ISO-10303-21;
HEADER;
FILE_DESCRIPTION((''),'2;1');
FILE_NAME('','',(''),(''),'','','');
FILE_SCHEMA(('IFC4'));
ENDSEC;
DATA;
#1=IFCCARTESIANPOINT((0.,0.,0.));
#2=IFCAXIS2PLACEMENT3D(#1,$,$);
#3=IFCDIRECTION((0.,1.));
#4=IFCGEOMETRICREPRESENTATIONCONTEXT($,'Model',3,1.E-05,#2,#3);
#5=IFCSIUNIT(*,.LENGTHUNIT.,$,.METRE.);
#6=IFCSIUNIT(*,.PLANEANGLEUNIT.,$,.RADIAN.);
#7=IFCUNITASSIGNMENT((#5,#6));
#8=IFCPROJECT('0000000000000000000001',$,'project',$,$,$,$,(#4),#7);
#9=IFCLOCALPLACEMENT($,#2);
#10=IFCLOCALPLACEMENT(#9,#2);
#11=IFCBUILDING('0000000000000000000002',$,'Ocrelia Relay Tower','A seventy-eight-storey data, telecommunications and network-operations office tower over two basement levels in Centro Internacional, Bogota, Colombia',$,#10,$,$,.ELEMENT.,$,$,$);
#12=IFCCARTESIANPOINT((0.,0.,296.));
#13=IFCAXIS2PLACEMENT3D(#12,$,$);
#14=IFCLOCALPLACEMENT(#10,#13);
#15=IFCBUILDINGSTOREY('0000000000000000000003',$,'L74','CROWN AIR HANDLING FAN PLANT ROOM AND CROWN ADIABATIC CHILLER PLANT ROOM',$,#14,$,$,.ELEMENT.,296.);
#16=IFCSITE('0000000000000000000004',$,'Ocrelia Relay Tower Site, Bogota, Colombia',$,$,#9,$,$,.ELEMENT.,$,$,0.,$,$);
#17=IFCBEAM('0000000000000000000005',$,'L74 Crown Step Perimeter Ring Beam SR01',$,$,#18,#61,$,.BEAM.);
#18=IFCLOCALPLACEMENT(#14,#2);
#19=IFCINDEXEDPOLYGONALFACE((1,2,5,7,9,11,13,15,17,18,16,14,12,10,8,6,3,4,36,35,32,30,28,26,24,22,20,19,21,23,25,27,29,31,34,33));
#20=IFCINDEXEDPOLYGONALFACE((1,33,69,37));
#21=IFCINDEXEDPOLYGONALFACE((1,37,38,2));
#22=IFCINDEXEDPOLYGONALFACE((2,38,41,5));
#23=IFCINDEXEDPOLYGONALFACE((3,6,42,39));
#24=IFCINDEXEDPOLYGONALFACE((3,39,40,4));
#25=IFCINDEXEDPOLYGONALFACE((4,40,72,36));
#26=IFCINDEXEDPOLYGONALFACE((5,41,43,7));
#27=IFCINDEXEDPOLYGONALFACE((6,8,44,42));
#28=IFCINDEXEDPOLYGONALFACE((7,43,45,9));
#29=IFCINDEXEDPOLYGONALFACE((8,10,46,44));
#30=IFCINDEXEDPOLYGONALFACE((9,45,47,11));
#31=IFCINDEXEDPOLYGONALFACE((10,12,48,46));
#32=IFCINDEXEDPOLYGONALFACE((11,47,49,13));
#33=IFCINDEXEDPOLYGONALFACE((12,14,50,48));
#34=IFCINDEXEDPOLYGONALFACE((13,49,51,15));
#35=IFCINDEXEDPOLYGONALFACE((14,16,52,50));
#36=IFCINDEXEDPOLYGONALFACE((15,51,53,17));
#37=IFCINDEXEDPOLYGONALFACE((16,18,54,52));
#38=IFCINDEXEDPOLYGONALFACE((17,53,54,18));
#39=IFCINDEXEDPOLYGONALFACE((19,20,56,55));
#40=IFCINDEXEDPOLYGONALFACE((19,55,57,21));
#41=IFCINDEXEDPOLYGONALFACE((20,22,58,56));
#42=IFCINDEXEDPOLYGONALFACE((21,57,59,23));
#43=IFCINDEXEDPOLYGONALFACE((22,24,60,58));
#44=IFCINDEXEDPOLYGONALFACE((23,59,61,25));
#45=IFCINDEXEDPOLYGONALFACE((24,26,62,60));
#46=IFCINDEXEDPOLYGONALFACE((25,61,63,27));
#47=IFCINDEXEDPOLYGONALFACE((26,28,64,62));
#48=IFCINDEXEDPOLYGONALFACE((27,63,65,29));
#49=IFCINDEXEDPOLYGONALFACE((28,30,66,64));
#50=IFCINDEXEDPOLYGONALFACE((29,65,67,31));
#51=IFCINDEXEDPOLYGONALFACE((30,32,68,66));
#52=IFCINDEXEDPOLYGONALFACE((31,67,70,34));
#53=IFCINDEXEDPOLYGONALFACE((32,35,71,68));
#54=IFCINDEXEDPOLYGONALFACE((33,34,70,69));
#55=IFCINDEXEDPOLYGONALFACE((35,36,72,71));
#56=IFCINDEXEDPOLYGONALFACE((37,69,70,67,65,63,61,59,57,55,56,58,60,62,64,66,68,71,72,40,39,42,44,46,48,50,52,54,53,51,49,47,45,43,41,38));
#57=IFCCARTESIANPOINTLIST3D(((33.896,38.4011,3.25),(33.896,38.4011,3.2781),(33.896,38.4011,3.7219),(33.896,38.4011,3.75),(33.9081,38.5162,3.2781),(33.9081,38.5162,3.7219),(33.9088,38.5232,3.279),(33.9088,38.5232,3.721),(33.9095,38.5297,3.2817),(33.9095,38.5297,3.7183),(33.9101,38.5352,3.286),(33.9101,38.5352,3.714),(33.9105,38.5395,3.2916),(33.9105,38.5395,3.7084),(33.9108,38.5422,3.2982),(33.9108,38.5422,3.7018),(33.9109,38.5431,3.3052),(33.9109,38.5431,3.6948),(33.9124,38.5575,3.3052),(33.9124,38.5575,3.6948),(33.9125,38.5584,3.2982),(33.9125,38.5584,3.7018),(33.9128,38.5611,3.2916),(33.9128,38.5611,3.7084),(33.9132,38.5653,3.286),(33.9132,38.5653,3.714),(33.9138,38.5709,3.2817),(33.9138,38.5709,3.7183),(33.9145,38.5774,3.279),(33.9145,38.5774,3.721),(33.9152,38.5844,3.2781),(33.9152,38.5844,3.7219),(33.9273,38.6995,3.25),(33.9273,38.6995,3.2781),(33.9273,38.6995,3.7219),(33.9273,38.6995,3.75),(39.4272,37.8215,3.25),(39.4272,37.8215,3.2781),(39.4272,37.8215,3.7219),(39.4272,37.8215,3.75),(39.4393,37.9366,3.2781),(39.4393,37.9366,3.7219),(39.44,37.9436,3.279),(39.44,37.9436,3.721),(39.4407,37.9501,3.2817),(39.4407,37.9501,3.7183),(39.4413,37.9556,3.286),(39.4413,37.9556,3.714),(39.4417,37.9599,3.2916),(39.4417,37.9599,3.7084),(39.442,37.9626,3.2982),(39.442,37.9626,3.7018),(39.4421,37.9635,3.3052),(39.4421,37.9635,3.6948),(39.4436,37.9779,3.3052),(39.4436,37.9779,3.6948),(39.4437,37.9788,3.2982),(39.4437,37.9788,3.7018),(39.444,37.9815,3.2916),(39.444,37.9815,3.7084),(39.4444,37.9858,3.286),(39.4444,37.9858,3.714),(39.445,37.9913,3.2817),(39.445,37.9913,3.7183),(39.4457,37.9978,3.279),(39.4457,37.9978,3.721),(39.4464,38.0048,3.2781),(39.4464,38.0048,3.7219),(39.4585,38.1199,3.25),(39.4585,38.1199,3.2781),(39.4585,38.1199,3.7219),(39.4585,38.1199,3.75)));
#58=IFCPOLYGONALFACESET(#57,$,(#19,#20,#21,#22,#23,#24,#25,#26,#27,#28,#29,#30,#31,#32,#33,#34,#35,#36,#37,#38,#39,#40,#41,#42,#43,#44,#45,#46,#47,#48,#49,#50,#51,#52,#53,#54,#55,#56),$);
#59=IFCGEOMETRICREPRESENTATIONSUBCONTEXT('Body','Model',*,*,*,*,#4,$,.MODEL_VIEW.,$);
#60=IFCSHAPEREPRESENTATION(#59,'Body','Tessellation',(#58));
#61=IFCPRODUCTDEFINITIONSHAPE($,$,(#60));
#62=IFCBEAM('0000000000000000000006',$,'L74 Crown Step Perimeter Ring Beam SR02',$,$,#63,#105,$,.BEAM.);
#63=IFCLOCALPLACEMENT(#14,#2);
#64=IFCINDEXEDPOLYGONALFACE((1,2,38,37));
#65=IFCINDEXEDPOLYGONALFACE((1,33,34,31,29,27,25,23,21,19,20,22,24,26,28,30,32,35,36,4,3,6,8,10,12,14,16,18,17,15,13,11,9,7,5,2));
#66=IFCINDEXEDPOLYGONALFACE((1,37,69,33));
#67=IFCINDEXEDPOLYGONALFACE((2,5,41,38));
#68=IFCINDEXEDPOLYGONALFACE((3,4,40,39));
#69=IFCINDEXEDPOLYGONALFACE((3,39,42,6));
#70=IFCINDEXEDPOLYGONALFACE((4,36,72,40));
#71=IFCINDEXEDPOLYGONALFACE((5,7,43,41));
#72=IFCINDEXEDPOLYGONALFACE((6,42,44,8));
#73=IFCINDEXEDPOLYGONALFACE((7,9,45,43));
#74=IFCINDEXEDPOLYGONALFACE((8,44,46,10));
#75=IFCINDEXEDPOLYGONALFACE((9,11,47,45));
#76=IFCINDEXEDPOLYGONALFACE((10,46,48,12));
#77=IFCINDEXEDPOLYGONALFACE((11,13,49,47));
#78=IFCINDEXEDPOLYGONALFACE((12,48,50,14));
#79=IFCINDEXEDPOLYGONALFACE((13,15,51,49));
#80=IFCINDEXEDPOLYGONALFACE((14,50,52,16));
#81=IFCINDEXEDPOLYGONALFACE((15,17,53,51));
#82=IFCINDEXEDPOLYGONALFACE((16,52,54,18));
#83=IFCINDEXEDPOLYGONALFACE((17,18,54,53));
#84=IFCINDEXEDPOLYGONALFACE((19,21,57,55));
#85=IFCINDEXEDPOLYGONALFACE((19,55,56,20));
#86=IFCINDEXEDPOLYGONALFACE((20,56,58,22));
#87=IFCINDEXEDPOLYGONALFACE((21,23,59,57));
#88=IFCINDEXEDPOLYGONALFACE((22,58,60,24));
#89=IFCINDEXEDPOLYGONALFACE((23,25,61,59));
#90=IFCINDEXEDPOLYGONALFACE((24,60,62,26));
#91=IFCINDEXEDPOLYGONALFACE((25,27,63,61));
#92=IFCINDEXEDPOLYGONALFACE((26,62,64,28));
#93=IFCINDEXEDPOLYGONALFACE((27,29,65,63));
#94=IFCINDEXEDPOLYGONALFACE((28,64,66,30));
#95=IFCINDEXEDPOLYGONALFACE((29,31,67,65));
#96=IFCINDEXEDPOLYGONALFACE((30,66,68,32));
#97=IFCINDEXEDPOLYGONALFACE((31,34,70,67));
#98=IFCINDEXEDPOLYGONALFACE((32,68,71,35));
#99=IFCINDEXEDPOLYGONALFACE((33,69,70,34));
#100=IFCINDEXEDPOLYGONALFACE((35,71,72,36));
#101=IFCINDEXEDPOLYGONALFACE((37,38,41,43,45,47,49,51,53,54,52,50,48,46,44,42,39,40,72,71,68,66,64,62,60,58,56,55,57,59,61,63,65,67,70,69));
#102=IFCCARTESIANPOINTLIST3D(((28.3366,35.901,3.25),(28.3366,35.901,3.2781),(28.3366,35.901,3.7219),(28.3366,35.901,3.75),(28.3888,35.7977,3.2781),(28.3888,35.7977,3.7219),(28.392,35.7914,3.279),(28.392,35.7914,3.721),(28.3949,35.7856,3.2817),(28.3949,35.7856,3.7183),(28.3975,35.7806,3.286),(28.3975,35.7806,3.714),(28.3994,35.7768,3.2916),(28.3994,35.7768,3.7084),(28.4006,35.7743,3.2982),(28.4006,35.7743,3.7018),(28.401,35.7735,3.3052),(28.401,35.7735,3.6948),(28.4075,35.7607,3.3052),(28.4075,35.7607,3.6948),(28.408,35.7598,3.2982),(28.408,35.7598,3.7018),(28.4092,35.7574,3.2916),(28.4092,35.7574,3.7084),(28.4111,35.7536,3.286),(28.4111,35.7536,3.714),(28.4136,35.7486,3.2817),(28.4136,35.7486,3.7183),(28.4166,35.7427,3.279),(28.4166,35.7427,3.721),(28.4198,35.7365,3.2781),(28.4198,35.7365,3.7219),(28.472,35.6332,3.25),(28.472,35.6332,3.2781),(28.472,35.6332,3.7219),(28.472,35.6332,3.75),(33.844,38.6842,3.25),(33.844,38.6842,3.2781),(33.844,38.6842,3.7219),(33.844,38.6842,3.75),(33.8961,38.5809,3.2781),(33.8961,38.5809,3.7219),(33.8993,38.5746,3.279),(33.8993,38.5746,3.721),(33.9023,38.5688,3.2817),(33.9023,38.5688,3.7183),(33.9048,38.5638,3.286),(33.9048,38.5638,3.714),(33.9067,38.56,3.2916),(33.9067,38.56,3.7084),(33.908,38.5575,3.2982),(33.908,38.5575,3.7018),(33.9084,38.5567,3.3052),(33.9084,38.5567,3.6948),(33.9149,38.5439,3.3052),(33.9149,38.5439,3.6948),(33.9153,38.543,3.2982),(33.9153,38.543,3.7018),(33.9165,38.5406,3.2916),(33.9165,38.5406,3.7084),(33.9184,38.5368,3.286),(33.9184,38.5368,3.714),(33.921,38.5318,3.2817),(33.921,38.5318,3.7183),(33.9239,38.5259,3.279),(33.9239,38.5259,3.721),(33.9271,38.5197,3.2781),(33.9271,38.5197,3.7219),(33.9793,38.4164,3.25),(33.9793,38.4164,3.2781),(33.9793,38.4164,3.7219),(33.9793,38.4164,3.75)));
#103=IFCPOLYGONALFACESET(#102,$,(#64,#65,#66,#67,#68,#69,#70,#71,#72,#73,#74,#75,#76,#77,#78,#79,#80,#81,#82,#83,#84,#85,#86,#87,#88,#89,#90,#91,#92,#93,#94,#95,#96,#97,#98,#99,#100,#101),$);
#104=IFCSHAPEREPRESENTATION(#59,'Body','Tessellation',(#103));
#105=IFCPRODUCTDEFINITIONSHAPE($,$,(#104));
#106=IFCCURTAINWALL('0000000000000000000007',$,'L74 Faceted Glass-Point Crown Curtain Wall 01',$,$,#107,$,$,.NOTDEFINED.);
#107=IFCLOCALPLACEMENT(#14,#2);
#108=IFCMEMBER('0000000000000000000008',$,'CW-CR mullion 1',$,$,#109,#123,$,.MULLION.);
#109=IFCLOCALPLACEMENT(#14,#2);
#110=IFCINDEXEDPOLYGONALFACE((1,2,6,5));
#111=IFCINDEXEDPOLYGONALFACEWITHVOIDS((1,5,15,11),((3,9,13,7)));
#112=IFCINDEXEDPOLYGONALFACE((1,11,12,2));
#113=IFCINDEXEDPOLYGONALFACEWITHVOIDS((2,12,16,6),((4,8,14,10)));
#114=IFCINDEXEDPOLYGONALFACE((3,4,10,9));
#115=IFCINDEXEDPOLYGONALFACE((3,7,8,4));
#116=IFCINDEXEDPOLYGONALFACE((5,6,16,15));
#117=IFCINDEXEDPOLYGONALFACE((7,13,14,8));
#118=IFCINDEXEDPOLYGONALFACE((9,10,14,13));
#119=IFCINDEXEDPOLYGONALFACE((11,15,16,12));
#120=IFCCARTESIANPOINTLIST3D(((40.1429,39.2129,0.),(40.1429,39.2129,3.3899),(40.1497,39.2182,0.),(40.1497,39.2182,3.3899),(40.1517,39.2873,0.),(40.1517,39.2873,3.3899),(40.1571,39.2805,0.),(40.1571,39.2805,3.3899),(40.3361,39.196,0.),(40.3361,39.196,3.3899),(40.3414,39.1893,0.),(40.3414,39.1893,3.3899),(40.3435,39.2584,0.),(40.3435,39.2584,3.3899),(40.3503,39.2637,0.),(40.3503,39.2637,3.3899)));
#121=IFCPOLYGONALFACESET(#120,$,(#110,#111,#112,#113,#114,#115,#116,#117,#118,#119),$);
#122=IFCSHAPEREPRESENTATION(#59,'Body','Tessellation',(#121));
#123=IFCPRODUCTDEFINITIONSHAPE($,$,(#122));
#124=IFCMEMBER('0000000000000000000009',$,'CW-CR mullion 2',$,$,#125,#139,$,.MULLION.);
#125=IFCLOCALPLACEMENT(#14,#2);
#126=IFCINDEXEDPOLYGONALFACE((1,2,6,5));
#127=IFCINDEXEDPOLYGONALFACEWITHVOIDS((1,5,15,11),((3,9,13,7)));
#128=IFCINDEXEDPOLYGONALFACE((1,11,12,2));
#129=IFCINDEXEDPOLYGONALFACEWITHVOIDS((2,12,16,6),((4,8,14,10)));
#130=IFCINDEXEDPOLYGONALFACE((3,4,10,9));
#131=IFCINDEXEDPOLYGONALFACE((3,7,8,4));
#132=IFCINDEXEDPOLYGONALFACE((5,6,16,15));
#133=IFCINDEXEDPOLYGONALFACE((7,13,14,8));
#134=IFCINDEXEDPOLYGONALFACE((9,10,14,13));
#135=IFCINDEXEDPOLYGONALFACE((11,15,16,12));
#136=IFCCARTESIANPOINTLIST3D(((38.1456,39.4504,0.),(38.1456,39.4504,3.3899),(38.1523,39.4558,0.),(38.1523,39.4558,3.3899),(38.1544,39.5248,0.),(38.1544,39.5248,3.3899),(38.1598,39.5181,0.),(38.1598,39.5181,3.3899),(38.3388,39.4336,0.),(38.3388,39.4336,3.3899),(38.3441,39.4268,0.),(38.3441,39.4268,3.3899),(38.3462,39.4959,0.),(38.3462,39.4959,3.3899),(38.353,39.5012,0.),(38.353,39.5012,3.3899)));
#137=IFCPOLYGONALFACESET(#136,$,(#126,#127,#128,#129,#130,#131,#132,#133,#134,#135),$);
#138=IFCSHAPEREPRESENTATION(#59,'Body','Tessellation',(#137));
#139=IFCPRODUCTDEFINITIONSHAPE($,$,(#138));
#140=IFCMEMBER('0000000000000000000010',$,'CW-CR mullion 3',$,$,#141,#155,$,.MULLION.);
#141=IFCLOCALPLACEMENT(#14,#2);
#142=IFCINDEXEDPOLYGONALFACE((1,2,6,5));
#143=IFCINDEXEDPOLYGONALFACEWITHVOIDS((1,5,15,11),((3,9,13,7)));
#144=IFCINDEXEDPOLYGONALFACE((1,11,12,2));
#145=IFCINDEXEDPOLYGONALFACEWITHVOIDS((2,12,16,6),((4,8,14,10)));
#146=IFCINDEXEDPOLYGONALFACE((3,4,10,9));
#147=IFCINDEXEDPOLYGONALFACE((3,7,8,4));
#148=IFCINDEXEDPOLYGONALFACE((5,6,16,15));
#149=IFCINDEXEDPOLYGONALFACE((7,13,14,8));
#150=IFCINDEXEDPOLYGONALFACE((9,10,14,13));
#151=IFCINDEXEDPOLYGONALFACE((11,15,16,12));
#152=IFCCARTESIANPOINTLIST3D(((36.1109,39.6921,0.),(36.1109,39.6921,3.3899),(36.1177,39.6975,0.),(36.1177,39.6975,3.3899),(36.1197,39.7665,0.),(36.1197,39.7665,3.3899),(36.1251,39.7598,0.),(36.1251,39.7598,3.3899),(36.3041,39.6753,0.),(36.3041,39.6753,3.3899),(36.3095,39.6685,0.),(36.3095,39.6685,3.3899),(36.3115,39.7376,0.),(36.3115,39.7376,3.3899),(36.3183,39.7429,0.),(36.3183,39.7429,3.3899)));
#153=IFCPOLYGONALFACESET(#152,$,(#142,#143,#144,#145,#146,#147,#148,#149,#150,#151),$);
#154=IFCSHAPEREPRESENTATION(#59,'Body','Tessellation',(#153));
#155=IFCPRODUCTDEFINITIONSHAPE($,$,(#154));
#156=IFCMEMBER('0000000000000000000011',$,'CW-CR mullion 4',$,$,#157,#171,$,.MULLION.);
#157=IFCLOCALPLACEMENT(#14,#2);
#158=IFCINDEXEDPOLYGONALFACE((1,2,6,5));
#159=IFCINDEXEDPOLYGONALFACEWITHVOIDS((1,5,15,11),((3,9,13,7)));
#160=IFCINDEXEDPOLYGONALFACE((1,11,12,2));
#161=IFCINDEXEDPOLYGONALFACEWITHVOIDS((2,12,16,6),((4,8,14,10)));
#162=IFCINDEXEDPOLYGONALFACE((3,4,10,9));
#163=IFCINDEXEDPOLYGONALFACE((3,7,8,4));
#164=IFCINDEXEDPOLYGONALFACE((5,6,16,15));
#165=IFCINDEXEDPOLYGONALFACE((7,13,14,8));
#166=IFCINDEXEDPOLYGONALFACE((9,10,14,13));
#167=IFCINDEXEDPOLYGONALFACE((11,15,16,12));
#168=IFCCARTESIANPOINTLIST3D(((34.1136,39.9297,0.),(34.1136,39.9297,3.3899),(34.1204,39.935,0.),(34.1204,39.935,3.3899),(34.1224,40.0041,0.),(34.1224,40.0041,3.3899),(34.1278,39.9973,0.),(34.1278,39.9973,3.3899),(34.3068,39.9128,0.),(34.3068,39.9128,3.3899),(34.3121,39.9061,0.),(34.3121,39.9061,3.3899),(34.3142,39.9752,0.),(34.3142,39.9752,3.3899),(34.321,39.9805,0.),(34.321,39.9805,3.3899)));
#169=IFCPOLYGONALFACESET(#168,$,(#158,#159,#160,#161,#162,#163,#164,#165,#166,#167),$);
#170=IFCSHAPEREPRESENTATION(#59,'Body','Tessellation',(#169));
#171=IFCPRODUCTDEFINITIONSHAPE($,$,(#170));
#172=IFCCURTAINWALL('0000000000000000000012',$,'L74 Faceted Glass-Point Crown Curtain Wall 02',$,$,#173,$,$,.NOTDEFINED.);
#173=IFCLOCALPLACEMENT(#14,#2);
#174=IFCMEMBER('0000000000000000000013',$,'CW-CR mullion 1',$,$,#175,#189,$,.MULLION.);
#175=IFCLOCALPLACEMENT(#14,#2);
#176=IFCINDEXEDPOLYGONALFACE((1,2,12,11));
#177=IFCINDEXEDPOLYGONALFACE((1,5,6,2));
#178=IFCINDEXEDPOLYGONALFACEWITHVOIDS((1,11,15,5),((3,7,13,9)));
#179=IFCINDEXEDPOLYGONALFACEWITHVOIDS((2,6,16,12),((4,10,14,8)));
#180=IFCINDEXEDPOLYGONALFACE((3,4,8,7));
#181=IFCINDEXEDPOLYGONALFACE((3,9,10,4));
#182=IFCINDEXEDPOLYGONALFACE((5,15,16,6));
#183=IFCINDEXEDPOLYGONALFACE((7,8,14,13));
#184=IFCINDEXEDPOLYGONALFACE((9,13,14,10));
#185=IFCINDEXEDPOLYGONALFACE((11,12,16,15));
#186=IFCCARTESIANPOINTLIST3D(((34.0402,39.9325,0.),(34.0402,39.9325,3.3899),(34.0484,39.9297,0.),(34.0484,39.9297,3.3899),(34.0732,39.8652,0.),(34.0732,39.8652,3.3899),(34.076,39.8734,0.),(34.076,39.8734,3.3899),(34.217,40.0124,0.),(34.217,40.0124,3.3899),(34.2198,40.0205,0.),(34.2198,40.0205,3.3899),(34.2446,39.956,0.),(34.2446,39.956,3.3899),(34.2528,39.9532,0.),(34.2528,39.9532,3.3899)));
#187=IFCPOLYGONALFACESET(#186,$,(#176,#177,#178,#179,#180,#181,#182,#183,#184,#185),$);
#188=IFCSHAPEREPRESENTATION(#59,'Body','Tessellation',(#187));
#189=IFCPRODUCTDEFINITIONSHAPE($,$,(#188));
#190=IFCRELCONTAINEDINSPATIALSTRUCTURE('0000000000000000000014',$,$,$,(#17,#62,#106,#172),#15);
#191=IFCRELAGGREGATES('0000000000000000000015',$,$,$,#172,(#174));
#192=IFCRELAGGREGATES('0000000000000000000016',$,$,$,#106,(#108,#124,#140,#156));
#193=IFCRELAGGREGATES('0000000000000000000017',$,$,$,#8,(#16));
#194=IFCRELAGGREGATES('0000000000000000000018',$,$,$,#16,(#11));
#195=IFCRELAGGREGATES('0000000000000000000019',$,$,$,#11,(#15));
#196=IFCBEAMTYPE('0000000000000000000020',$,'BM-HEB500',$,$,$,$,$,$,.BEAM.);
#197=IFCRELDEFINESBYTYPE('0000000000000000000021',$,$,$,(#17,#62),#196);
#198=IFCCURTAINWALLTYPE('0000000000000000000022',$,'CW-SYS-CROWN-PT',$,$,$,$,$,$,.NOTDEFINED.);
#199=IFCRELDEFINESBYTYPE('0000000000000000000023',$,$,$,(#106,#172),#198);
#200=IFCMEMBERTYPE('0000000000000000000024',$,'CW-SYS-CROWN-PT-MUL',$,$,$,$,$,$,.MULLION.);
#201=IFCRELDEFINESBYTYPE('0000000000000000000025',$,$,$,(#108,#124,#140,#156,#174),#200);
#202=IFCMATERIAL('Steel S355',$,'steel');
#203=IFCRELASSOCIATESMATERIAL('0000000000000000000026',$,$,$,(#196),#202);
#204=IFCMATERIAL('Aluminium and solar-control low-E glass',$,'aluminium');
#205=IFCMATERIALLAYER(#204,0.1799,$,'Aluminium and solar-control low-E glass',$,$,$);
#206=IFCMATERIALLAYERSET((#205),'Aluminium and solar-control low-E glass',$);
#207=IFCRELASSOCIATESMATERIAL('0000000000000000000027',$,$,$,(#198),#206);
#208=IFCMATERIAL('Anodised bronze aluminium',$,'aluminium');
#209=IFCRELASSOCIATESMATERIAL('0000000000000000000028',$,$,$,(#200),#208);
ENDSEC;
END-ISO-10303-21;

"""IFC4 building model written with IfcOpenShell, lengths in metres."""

from ifc_helpers import new_model, si_unit, direction, frame, origin, origin_2d, place, context, subcontext, project, spatial, hollow_rectangle, i_section, extrude, material, layer, layer_set, material_profile, profile_set, type_object, element, aggregate, save


model = new_model("IFC4")

# Units and contexts
model_context = context("Model", 3, precision=1e-05, world=origin(), true_north=direction((0.0, 1.0)))
body_context = subcontext(model_context, "Body", "Model", "MODEL_VIEW")
ifc_project = project(units=[si_unit("LENGTHUNIT", "METRE"), si_unit("PLANEANGLEUNIT", "RADIAN")], contexts=[model_context])

# Site, building, storey
site_placement = place(None, origin())
site = spatial("IfcSite", under=ifc_project, at=site_placement, Name="Ocrelia Relay Tower Site, Bogota, Colombia", CompositionType="ELEMENT", RefElevation=0.0)
building_placement = place(site_placement, origin())
building = spatial("IfcBuilding", under=site, at=building_placement, Name="Ocrelia Relay Tower", Description="A seventy-eight-storey data, telecommunications and network-operations office tower over two basement levels in Centro Internacional, Bogota, Colombia", CompositionType="ELEMENT")
storey_placement = place(building_placement, frame((0.0, 0.0, 296.0)))
storey = spatial("IfcBuildingStorey", under=building, at=storey_placement, Name="L74", Description="CROWN AIR HANDLING FAN PLANT ROOM AND CROWN ADIABATIC CHILLER PLANT ROOM", CompositionType="ELEMENT", Elevation=296.0)

# Beams
ifc_material_1 = material(Name="Steel S355", Category="steel")
ifc_material_profile_1 = material_profile(ifc_material_1, i_section(OverallWidth=0.3, OverallDepth=0.5, WebThickness=0.0144, FlangeThickness=0.0281, FilletRadius=0.0271, at=origin_2d()), Name="HEB 500")
ifc_profile_set_1 = profile_set([ifc_material_profile_1], Name="Steel S355")
beam_type_1 = type_object("IfcBeamType", Name="BM-HEB500", PredefinedType="BEAM", material=ifc_profile_set_1)
beam_1_placement = place(storey_placement, frame((39.4429, 37.9707, 3.5), z_axis=(-0.994555, 0.104214, 0.0), x_axis=(-0.104214, -0.994555, 0.0)))
element("IfcBeam", 1, at=beam_1_placement, inside=storey, type_object=beam_type_1, Name="L74 Crown Step Perimeter Ring Beam SR01", PredefinedType="BEAM", context=body_context, shape_type="SweptSolid", body=[
    extrude(i_section(OverallWidth=0.3, OverallDepth=0.5, WebThickness=0.0144, FlangeThickness=0.0281, FilletRadius=0.0271, at=origin_2d()), origin(), (0.0, 0.0, 1.0), 5.5615),
])
beam_2_placement = place(storey_placement, frame((33.9116, 38.5503, 3.5), z_axis=(-0.892504, -0.451039, 0.0), x_axis=(0.451039, -0.892504, 0.0)))
element("IfcBeam", 2, at=beam_2_placement, inside=storey, type_object=beam_type_1, Name="L74 Crown Step Perimeter Ring Beam SR02", PredefinedType="BEAM", context=body_context, shape_type="SweptSolid", body=[
    extrude(i_section(OverallWidth=0.3, OverallDepth=0.5, WebThickness=0.0144, FlangeThickness=0.0281, FilletRadius=0.0271, at=origin_2d()), origin(), (0.0, 0.0, 1.0), 6.1707),
])

# Curtain wall, members
ifc_material_2 = material(Name="Aluminium and solar-control low-E glass", Category="aluminium")
ifc_layer_1 = layer(ifc_material_2, 0.1799, Name="Aluminium and solar-control low-E glass")
ifc_layer_set_1 = layer_set([ifc_layer_1], Name="Aluminium and solar-control low-E glass")
curtain_wall_type = type_object("IfcCurtainWallType", Name="CW-SYS-CROWN-PT", PredefinedType="NOTDEFINED", material=ifc_layer_set_1)
curtain_wall_1_placement = place(storey_placement, origin())
curtain_wall_1 = element("IfcCurtainWall", 3, at=curtain_wall_1_placement, inside=storey, type_object=curtain_wall_type, Name="L74 Faceted Glass-Point Crown Curtain Wall 01", PredefinedType="NOTDEFINED")
ifc_material_3 = material(Name="Anodised bronze aluminium", Category="aluminium")
ifc_material_profile_2 = material_profile(ifc_material_3, hollow_rectangle(XDim=0.075, YDim=0.2, WallThickness=0.0061, at=origin_2d()), Name="CW-MUL-200x75")
ifc_profile_set_2 = profile_set([ifc_material_profile_2], Name="Anodised bronze aluminium")
member_type_1 = type_object("IfcMemberType", Name="CW-SYS-CROWN-PT-MUL", PredefinedType="MULLION", material=ifc_profile_set_2)
member_1_placement = place(storey_placement, frame((40.2466, 39.2383, 0.0), z_axis=(0.0, 0.0, 1.0), x_axis=(-0.11803, -0.99301, 0.0)))
member_1 = element("IfcMember", 4, at=member_1_placement, type_object=member_type_1, Name="CW-CR mullion 1", PredefinedType="MULLION", context=body_context, shape_type="SweptSolid", body=[
    extrude(hollow_rectangle(XDim=0.075, YDim=0.2, WallThickness=0.0061, at=origin_2d()), origin(), (0.0, 0.0, 1.0), 3.3899),
])
member_2_placement = place(storey_placement, frame((38.2493, 39.4758, 0.0), z_axis=(0.0, 0.0, 1.0), x_axis=(-0.11803, -0.99301, 0.0)))
member_2 = element("IfcMember", 5, at=member_2_placement, type_object=member_type_1, Name="CW-CR mullion 2", PredefinedType="MULLION", context=body_context, shape_type="SweptSolid", body=[
    extrude(hollow_rectangle(XDim=0.075, YDim=0.2, WallThickness=0.0061, at=origin_2d()), origin(), (0.0, 0.0, 1.0), 3.3899),
])
member_3_placement = place(storey_placement, frame((36.2146, 39.7175, 0.0), z_axis=(0.0, 0.0, 1.0), x_axis=(-0.11803, -0.99301, 0.0)))
member_3 = element("IfcMember", 6, at=member_3_placement, type_object=member_type_1, Name="CW-CR mullion 3", PredefinedType="MULLION", context=body_context, shape_type="SweptSolid", body=[
    extrude(hollow_rectangle(XDim=0.075, YDim=0.2, WallThickness=0.0061, at=origin_2d()), origin(), (0.0, 0.0, 1.0), 3.3899),
])
member_4_placement = place(storey_placement, frame((34.2173, 39.9551, 0.0), z_axis=(0.0, 0.0, 1.0), x_axis=(-0.11803, -0.99301, 0.0)))
member_4 = element("IfcMember", 7, at=member_4_placement, type_object=member_type_1, Name="CW-CR mullion 4", PredefinedType="MULLION", context=body_context, shape_type="SweptSolid", body=[
    extrude(hollow_rectangle(XDim=0.075, YDim=0.2, WallThickness=0.0061, at=origin_2d()), origin(), (0.0, 0.0, 1.0), 3.3899),
])

# Curtain wall, member
curtain_wall_2_placement = place(storey_placement, origin())
curtain_wall_2 = element("IfcCurtainWall", 8, at=curtain_wall_2_placement, inside=storey, type_object=curtain_wall_type, Name="L74 Faceted Glass-Point Crown Curtain Wall 02", PredefinedType="NOTDEFINED")
member_5_placement = place(storey_placement, frame((34.1465, 39.9429, 0.0), z_axis=(0.0, 0.0, 1.0), x_axis=(0.440059, -0.897969, 0.0)))
member_5 = element("IfcMember", 9, at=member_5_placement, type_object=member_type_1, Name="CW-CR mullion 1", PredefinedType="MULLION", context=body_context, shape_type="SweptSolid", body=[
    extrude(hollow_rectangle(XDim=0.075, YDim=0.2, WallThickness=0.0061, at=origin_2d()), origin(), (0.0, 0.0, 1.0), 3.3899),
])

aggregate(curtain_wall_2, [member_5])

aggregate(curtain_wall_1, [member_1, member_2, member_3, member_4])

save(model, "model.ifc")
